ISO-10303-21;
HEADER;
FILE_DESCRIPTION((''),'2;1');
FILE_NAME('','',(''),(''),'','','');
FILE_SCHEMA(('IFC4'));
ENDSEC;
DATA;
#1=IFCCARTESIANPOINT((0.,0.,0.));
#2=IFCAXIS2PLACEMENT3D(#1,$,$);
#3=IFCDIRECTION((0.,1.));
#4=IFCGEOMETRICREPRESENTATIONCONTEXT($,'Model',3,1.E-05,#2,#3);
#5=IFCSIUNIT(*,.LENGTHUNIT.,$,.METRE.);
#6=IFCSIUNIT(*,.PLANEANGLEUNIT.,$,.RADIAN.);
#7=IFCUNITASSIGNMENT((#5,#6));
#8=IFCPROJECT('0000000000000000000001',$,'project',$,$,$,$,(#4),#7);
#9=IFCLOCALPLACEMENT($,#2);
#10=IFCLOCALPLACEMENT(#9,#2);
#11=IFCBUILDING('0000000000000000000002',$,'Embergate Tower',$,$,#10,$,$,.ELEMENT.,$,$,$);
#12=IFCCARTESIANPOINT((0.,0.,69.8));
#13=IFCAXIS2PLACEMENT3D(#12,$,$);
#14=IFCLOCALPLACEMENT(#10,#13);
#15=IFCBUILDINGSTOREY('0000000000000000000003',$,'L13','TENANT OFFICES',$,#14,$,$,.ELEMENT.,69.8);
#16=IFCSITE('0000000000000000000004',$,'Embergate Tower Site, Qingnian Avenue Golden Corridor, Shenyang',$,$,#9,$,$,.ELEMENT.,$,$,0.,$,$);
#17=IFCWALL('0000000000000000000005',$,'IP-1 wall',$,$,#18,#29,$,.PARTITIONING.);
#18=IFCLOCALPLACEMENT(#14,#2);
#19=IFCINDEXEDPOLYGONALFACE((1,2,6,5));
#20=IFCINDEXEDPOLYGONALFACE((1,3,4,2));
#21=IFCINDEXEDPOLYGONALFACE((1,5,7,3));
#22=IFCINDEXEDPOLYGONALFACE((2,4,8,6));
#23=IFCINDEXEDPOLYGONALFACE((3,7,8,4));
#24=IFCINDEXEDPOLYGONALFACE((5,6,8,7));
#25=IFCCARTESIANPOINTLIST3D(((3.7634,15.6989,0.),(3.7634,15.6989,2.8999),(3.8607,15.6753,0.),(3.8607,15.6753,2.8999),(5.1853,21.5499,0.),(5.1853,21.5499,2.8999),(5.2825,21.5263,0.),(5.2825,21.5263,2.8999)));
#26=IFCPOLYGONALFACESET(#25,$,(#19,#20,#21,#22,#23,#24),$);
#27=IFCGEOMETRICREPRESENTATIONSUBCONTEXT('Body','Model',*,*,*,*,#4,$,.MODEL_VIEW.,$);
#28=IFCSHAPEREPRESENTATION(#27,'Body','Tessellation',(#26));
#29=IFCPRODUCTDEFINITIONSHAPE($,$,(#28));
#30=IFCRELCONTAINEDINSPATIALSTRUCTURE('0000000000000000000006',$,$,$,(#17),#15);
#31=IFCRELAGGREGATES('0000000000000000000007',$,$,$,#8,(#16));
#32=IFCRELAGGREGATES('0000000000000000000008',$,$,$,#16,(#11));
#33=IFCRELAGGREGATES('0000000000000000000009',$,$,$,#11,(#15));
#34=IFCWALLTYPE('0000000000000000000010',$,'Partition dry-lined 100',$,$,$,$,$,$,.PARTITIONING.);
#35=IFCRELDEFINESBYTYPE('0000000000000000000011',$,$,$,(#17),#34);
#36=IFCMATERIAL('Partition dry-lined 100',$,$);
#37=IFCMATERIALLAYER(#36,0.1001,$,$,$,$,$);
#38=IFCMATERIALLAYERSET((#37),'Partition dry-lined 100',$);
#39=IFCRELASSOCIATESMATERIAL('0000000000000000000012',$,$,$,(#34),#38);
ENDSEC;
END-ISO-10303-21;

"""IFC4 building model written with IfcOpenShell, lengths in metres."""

from ifc_helpers import new_model, si_unit, direction, frame, frame_2d, origin, place, context, subcontext, project, spatial, rectangle, extrude, source, transform, mapped, material, layer, layer_set, type_object, element, save


model = new_model("IFC4")

# Units and contexts
model_context = context("Model", 3, precision=1e-05, world=origin(), true_north=direction((0.0, 1.0)))
body_context = subcontext(model_context, "Body", "Model", "MODEL_VIEW")
ifc_project = project(units=[si_unit("LENGTHUNIT", "METRE"), si_unit("PLANEANGLEUNIT", "RADIAN")], contexts=[model_context])

# Site, building, storey
site_placement = place(None, origin())
site = spatial("IfcSite", under=ifc_project, at=site_placement, Name="Embergate Tower Site, Qingnian Avenue Golden Corridor, Shenyang", CompositionType="ELEMENT", RefElevation=0.0)
building_placement = place(site_placement, origin())
building = spatial("IfcBuilding", under=site, at=building_placement, Name="Embergate Tower", CompositionType="ELEMENT")
storey_placement = place(building_placement, frame((0.0, 0.0, 69.8)))
storey = spatial("IfcBuildingStorey", under=building, at=storey_placement, Name="L13", Description="TENANT OFFICES", CompositionType="ELEMENT", Elevation=69.8)

# Wall
ifc_material_1 = material(Name="Partition dry-lined 100")
ifc_layer_1 = layer(ifc_material_1, 0.1001)
ifc_layer_set_1 = layer_set([ifc_layer_1], Name="Partition dry-lined 100")
wall_type_1 = type_object("IfcWallType", Name="Partition dry-lined 100", PredefinedType="PARTITIONING", material=ifc_layer_set_1)
shared_shape_1 = source(origin(), body_context, "Body", "SweptSolid", [
    extrude(rectangle(XDim=6.0212, YDim=0.1001, at=frame_2d((3.0107, 0.0))), origin(), (0.0, 0.0, 1.0), 2.8999),
])
wall_1_placement = place(storey_placement, frame((3.812, 15.687, 0.0), z_axis=(0.0, 0.0, 1.0), x_axis=(0.236138, 0.971719, 0.0)))
element("IfcWall", 1, at=wall_1_placement, inside=storey, type_object=wall_type_1, Name="IP-1 wall", PredefinedType="PARTITIONING", context=body_context, shape_type="MappedRepresentation", body=[
    mapped(shared_shape_1, transform((0.0, 0.0, 0.0))),
])

save(model, "model.ifc")
